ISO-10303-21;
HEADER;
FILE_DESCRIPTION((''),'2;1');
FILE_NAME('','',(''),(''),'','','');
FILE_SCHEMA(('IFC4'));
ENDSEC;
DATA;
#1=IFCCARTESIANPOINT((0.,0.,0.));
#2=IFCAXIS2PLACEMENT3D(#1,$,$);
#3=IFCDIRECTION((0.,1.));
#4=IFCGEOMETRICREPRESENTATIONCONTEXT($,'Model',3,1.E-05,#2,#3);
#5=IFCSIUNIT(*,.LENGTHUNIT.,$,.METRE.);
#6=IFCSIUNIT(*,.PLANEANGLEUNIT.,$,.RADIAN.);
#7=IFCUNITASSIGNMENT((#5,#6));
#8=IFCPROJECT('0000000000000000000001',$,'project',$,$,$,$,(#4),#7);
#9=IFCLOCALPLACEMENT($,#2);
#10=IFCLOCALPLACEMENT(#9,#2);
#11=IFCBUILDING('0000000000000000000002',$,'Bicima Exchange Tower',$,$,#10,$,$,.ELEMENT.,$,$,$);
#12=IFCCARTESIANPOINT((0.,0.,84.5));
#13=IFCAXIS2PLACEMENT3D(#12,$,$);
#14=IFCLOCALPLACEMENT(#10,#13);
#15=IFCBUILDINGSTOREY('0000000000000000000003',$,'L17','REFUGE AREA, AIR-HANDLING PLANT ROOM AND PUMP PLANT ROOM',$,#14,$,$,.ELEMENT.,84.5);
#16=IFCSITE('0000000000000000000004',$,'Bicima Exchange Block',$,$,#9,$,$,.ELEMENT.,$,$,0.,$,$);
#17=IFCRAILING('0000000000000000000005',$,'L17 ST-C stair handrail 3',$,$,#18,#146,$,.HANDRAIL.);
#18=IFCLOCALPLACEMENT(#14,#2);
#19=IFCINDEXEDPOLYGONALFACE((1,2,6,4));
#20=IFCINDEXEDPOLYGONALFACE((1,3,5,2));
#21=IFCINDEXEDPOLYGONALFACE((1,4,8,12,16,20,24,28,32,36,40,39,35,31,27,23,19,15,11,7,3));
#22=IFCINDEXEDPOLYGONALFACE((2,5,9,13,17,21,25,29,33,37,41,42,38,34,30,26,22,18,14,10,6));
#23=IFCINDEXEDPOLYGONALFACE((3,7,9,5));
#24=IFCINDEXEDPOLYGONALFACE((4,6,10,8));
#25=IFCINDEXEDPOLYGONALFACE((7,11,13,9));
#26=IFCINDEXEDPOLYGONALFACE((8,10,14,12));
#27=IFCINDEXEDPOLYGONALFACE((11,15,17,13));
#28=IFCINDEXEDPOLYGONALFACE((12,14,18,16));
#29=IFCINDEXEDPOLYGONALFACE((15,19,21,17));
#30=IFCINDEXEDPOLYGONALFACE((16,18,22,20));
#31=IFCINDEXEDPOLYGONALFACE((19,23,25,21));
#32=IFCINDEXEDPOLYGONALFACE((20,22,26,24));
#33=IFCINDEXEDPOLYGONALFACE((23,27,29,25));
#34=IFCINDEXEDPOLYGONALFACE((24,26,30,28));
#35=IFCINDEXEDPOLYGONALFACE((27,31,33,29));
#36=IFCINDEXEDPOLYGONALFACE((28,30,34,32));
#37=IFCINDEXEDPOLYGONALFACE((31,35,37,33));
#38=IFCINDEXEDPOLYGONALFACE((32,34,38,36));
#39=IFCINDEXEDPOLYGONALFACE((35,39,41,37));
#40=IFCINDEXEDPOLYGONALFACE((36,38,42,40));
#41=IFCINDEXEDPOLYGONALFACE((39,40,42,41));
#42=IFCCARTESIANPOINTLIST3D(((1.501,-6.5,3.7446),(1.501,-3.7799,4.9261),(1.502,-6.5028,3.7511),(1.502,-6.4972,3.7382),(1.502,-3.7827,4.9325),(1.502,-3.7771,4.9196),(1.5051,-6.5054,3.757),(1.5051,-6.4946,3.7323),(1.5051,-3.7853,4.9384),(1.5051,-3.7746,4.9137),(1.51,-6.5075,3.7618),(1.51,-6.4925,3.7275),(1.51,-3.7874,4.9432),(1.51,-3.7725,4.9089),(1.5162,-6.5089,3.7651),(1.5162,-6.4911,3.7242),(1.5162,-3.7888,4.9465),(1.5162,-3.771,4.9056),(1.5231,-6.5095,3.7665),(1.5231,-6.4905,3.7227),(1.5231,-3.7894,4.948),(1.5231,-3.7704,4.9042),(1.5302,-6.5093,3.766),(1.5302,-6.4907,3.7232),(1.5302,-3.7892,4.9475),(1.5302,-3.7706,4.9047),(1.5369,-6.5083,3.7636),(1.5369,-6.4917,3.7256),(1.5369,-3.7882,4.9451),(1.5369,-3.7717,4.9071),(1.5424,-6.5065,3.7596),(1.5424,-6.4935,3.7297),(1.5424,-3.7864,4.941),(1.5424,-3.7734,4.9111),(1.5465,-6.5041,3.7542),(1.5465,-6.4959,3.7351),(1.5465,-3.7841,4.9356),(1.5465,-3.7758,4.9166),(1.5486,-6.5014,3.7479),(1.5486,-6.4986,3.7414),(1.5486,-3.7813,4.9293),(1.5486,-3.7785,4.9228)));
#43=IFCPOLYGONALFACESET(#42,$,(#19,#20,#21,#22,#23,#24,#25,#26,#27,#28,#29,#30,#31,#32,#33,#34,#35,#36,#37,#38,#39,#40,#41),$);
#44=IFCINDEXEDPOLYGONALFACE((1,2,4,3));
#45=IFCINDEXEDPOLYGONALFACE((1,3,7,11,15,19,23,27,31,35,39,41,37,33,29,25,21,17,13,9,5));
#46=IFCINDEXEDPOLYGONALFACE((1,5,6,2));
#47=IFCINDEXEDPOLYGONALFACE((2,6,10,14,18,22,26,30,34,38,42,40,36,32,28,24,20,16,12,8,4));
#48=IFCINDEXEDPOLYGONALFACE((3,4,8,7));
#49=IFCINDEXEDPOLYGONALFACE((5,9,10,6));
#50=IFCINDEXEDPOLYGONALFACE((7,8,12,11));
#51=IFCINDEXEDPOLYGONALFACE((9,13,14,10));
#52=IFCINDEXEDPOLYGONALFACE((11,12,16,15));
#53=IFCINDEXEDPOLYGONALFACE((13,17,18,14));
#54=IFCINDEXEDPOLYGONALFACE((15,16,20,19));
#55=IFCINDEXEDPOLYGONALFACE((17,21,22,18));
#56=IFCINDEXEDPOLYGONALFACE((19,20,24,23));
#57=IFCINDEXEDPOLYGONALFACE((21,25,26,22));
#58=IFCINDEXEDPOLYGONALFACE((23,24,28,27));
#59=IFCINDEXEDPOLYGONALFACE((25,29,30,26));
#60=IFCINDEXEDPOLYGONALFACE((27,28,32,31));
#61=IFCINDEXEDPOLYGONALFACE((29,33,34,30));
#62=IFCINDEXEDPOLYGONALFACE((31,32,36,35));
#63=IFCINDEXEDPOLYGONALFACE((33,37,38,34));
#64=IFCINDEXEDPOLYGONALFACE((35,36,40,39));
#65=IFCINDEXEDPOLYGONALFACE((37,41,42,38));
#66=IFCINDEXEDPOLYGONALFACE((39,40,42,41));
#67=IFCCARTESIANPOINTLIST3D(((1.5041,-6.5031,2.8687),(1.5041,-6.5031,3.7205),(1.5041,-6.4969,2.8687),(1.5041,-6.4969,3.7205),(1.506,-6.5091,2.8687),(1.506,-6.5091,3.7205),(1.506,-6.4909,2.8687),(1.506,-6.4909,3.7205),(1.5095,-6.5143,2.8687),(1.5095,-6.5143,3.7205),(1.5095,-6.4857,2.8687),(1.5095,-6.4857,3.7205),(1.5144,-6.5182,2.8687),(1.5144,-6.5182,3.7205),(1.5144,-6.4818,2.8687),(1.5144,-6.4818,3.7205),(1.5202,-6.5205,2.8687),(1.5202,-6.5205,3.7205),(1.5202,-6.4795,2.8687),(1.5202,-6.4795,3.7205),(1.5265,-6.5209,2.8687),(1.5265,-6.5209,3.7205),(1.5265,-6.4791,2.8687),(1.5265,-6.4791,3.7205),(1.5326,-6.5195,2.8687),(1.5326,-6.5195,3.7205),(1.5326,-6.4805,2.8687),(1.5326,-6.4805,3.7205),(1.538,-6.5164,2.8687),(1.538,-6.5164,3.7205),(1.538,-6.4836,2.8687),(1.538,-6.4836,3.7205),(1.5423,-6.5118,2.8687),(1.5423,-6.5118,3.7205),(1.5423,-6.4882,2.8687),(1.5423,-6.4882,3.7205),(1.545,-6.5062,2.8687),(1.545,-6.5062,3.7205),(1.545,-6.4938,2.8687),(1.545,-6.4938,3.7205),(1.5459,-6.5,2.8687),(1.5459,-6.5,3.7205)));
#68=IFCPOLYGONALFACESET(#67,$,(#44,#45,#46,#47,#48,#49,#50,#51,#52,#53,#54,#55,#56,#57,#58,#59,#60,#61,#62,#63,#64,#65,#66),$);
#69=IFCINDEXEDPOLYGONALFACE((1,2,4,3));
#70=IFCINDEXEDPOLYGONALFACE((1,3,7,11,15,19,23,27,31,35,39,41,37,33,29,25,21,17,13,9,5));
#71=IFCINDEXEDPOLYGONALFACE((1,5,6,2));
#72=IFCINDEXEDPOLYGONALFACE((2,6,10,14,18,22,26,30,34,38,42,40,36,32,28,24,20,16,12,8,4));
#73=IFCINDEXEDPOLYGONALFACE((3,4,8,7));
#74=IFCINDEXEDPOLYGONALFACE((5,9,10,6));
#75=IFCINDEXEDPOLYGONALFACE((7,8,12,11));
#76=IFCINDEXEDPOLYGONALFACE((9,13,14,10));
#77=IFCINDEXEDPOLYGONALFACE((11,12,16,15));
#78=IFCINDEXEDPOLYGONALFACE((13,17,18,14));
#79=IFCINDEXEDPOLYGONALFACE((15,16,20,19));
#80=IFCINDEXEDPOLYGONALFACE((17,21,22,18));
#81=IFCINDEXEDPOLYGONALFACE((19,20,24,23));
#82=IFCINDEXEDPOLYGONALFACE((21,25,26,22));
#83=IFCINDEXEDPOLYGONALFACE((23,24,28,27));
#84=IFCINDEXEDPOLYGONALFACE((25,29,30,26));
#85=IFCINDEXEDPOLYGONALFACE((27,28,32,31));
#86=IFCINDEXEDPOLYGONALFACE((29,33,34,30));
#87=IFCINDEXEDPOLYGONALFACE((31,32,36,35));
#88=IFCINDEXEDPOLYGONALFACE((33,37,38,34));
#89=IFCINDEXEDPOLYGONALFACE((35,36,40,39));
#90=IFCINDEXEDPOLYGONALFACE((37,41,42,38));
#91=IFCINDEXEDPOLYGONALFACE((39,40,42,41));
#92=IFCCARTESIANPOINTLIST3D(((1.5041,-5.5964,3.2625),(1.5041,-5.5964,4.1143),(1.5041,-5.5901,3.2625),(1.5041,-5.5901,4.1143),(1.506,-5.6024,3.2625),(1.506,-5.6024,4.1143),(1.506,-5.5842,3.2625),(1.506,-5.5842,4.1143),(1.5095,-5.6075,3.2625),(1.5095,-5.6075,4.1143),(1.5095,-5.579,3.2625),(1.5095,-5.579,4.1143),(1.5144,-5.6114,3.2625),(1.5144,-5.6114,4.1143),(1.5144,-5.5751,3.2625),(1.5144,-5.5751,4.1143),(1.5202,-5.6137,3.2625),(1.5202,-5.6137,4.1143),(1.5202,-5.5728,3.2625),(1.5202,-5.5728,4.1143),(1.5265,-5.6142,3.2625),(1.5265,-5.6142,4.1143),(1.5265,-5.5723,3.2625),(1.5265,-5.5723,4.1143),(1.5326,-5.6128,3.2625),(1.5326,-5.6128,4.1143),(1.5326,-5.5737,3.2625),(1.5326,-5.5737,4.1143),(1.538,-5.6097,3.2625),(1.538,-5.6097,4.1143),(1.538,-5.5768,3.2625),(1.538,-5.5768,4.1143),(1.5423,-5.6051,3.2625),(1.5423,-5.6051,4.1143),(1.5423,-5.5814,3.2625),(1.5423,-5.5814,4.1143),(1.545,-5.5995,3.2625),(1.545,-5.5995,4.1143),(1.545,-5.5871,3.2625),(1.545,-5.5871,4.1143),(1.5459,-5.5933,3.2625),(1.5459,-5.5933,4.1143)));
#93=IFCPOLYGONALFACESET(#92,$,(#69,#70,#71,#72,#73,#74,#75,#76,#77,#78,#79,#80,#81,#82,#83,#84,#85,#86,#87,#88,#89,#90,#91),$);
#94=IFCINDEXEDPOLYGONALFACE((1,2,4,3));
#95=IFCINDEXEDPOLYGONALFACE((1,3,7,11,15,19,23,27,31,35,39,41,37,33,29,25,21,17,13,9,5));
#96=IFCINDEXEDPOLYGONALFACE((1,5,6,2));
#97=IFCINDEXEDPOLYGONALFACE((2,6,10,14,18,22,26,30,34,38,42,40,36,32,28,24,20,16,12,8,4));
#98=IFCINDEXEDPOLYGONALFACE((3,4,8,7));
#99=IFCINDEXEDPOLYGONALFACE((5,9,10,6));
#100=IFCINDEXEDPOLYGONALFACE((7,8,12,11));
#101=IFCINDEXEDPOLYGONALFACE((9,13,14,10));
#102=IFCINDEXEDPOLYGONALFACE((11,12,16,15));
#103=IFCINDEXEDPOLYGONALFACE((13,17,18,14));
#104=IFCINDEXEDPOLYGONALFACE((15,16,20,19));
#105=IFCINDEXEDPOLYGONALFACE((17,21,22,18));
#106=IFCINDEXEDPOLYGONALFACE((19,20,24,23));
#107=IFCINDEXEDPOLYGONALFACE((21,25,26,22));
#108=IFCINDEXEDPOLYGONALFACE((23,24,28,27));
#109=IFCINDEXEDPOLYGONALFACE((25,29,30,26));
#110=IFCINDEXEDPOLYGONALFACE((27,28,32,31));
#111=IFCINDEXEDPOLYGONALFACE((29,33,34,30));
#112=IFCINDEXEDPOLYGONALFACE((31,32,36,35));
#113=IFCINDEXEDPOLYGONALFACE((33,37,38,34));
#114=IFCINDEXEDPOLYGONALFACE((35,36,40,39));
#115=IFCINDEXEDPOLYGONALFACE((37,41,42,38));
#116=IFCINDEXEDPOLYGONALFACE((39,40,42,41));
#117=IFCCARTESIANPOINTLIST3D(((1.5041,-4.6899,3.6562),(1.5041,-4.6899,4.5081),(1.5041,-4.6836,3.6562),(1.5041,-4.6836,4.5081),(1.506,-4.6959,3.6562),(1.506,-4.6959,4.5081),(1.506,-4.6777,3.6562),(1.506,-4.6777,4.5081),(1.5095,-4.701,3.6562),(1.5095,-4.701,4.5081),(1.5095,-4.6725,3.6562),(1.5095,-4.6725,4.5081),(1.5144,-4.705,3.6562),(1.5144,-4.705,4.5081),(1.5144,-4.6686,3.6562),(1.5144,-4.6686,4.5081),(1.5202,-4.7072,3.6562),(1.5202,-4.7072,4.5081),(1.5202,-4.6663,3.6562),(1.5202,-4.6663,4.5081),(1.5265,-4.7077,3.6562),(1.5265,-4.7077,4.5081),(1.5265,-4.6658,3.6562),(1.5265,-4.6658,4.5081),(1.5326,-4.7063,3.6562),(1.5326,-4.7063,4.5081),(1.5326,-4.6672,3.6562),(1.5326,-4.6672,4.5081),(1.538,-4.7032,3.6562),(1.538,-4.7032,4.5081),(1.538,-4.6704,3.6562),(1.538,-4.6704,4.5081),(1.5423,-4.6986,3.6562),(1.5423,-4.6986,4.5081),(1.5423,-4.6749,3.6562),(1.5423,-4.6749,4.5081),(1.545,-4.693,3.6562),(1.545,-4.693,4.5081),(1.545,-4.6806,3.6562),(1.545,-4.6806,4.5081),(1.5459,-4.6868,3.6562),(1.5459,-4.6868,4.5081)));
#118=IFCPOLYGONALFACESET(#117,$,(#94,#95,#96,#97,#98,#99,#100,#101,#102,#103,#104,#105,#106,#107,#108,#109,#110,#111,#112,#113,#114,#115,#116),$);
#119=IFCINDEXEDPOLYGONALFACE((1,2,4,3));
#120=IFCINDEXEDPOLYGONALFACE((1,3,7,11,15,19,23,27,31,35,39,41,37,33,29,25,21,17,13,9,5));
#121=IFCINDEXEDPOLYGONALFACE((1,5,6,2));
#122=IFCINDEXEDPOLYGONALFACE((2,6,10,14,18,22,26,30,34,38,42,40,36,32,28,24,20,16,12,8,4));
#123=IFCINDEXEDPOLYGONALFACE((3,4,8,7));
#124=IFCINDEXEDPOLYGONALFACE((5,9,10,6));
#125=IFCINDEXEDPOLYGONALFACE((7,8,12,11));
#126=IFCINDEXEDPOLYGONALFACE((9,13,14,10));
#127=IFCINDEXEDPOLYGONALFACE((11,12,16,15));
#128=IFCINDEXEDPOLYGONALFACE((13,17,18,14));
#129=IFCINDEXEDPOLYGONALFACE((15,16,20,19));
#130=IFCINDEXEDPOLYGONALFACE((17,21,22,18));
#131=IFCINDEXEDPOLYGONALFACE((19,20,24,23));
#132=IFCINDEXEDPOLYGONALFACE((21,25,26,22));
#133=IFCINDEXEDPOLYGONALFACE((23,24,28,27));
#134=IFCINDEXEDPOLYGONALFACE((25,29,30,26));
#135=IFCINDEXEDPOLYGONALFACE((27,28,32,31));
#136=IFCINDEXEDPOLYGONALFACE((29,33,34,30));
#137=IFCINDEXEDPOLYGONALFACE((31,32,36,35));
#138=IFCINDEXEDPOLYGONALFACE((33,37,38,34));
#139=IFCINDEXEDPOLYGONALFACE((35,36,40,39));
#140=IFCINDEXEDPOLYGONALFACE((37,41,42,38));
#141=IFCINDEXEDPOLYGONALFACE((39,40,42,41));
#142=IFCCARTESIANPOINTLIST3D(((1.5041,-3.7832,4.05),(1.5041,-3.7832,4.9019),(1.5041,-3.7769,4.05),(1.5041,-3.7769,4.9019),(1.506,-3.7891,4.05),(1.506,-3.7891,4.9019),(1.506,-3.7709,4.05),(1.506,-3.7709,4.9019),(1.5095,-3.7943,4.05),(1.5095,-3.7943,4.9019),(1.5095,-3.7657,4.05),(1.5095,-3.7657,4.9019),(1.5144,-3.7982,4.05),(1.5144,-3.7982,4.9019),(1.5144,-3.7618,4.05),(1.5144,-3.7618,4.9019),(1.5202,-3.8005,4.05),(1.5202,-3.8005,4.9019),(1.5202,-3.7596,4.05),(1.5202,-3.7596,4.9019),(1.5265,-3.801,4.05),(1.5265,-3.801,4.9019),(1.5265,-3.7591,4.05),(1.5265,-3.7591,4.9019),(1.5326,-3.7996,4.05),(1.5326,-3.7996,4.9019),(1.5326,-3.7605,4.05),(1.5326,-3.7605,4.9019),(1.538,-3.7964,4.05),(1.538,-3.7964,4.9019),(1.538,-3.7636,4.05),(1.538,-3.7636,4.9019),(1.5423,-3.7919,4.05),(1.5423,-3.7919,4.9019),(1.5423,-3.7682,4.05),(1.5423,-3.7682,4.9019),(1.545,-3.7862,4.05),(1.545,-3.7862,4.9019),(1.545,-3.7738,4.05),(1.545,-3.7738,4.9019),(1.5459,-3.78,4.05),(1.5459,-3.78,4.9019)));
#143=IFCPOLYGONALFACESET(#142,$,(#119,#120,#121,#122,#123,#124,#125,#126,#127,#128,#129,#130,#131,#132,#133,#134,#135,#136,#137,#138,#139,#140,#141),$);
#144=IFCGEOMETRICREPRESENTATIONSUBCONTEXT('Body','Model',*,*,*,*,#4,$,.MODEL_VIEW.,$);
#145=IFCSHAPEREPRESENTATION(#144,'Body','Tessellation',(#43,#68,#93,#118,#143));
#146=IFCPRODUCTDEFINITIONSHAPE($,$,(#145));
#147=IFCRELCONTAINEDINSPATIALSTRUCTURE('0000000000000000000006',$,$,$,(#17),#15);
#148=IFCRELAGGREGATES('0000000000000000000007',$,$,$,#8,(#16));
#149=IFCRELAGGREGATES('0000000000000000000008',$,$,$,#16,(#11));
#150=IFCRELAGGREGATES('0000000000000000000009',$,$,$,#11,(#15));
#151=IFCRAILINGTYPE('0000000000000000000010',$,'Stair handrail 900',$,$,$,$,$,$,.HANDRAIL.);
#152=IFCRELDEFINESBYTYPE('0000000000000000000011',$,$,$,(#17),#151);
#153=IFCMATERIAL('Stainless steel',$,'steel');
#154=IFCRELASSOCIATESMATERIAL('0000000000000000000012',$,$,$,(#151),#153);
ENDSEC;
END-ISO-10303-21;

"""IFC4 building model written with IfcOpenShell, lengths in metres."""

from ifc_helpers import new_model, si_unit, direction, frame, origin, origin_2d, place, context, subcontext, project, spatial, circle, extrude, material, type_object, element, save


model = new_model("IFC4")

# Units and contexts
model_context = context("Model", 3, precision=1e-05, world=origin(), true_north=direction((0.0, 1.0)))
body_context = subcontext(model_context, "Body", "Model", "MODEL_VIEW")
ifc_project = project(units=[si_unit("LENGTHUNIT", "METRE"), si_unit("PLANEANGLEUNIT", "RADIAN")], contexts=[model_context])

# Site, building, storey
site_placement = place(None, origin())
site = spatial("IfcSite", under=ifc_project, at=site_placement, Name="Bicima Exchange Block", CompositionType="ELEMENT", RefElevation=0.0)
building_placement = place(site_placement, origin())
building = spatial("IfcBuilding", under=site, at=building_placement, Name="Bicima Exchange Tower", CompositionType="ELEMENT")
storey_placement = place(building_placement, frame((0.0, 0.0, 84.5)))
storey = spatial("IfcBuildingStorey", under=building, at=storey_placement, Name="L17", Description="REFUGE AREA, AIR-HANDLING PLANT ROOM AND PUMP PLANT ROOM", CompositionType="ELEMENT", Elevation=84.5)

# Shared definitions
ifc_material_1 = material(Name="Stainless steel", Category="steel")

# Railing
railing_type_1 = type_object("IfcRailingType", Name="Stair handrail 900", PredefinedType="HANDRAIL", material=ifc_material_1)
for number, where, name in (
    (1, (1.5249, -6.5, 2.8687), "L17 ST-C stair handrail 3"),
):
    element("IfcRailing", number, at=place(storey_placement, frame(where)), inside=storey, type_object=railing_type_1, Name=name, PredefinedType="HANDRAIL", context=body_context, shape_type="SweptSolid", body=[
        extrude(circle(Radius=0.0239, at=origin_2d()), frame((0.0, 0.0, 0.876), z_axis=(0.0, 0.917218, 0.398386), x_axis=(-1.0, 0.0, 0.0)), (0.0, 0.0, 1.0), 2.9656),
        extrude(circle(Radius=0.021, at=origin_2d()), origin(), (0.0, 0.0, 1.0), 0.8518),
        extrude(circle(Radius=0.021, at=origin_2d()), frame((0.0, 0.9067, 0.3938)), (0.0, 0.0, 1.0), 0.8518),
        extrude(circle(Radius=0.021, at=origin_2d()), frame((0.0, 1.8132, 0.7876)), (0.0, 0.0, 1.0), 0.8518),
        extrude(circle(Radius=0.021, at=origin_2d()), frame((0.0, 2.72, 1.1814)), (0.0, 0.0, 1.0), 0.8518),
    ])

save(model, "model.ifc")
